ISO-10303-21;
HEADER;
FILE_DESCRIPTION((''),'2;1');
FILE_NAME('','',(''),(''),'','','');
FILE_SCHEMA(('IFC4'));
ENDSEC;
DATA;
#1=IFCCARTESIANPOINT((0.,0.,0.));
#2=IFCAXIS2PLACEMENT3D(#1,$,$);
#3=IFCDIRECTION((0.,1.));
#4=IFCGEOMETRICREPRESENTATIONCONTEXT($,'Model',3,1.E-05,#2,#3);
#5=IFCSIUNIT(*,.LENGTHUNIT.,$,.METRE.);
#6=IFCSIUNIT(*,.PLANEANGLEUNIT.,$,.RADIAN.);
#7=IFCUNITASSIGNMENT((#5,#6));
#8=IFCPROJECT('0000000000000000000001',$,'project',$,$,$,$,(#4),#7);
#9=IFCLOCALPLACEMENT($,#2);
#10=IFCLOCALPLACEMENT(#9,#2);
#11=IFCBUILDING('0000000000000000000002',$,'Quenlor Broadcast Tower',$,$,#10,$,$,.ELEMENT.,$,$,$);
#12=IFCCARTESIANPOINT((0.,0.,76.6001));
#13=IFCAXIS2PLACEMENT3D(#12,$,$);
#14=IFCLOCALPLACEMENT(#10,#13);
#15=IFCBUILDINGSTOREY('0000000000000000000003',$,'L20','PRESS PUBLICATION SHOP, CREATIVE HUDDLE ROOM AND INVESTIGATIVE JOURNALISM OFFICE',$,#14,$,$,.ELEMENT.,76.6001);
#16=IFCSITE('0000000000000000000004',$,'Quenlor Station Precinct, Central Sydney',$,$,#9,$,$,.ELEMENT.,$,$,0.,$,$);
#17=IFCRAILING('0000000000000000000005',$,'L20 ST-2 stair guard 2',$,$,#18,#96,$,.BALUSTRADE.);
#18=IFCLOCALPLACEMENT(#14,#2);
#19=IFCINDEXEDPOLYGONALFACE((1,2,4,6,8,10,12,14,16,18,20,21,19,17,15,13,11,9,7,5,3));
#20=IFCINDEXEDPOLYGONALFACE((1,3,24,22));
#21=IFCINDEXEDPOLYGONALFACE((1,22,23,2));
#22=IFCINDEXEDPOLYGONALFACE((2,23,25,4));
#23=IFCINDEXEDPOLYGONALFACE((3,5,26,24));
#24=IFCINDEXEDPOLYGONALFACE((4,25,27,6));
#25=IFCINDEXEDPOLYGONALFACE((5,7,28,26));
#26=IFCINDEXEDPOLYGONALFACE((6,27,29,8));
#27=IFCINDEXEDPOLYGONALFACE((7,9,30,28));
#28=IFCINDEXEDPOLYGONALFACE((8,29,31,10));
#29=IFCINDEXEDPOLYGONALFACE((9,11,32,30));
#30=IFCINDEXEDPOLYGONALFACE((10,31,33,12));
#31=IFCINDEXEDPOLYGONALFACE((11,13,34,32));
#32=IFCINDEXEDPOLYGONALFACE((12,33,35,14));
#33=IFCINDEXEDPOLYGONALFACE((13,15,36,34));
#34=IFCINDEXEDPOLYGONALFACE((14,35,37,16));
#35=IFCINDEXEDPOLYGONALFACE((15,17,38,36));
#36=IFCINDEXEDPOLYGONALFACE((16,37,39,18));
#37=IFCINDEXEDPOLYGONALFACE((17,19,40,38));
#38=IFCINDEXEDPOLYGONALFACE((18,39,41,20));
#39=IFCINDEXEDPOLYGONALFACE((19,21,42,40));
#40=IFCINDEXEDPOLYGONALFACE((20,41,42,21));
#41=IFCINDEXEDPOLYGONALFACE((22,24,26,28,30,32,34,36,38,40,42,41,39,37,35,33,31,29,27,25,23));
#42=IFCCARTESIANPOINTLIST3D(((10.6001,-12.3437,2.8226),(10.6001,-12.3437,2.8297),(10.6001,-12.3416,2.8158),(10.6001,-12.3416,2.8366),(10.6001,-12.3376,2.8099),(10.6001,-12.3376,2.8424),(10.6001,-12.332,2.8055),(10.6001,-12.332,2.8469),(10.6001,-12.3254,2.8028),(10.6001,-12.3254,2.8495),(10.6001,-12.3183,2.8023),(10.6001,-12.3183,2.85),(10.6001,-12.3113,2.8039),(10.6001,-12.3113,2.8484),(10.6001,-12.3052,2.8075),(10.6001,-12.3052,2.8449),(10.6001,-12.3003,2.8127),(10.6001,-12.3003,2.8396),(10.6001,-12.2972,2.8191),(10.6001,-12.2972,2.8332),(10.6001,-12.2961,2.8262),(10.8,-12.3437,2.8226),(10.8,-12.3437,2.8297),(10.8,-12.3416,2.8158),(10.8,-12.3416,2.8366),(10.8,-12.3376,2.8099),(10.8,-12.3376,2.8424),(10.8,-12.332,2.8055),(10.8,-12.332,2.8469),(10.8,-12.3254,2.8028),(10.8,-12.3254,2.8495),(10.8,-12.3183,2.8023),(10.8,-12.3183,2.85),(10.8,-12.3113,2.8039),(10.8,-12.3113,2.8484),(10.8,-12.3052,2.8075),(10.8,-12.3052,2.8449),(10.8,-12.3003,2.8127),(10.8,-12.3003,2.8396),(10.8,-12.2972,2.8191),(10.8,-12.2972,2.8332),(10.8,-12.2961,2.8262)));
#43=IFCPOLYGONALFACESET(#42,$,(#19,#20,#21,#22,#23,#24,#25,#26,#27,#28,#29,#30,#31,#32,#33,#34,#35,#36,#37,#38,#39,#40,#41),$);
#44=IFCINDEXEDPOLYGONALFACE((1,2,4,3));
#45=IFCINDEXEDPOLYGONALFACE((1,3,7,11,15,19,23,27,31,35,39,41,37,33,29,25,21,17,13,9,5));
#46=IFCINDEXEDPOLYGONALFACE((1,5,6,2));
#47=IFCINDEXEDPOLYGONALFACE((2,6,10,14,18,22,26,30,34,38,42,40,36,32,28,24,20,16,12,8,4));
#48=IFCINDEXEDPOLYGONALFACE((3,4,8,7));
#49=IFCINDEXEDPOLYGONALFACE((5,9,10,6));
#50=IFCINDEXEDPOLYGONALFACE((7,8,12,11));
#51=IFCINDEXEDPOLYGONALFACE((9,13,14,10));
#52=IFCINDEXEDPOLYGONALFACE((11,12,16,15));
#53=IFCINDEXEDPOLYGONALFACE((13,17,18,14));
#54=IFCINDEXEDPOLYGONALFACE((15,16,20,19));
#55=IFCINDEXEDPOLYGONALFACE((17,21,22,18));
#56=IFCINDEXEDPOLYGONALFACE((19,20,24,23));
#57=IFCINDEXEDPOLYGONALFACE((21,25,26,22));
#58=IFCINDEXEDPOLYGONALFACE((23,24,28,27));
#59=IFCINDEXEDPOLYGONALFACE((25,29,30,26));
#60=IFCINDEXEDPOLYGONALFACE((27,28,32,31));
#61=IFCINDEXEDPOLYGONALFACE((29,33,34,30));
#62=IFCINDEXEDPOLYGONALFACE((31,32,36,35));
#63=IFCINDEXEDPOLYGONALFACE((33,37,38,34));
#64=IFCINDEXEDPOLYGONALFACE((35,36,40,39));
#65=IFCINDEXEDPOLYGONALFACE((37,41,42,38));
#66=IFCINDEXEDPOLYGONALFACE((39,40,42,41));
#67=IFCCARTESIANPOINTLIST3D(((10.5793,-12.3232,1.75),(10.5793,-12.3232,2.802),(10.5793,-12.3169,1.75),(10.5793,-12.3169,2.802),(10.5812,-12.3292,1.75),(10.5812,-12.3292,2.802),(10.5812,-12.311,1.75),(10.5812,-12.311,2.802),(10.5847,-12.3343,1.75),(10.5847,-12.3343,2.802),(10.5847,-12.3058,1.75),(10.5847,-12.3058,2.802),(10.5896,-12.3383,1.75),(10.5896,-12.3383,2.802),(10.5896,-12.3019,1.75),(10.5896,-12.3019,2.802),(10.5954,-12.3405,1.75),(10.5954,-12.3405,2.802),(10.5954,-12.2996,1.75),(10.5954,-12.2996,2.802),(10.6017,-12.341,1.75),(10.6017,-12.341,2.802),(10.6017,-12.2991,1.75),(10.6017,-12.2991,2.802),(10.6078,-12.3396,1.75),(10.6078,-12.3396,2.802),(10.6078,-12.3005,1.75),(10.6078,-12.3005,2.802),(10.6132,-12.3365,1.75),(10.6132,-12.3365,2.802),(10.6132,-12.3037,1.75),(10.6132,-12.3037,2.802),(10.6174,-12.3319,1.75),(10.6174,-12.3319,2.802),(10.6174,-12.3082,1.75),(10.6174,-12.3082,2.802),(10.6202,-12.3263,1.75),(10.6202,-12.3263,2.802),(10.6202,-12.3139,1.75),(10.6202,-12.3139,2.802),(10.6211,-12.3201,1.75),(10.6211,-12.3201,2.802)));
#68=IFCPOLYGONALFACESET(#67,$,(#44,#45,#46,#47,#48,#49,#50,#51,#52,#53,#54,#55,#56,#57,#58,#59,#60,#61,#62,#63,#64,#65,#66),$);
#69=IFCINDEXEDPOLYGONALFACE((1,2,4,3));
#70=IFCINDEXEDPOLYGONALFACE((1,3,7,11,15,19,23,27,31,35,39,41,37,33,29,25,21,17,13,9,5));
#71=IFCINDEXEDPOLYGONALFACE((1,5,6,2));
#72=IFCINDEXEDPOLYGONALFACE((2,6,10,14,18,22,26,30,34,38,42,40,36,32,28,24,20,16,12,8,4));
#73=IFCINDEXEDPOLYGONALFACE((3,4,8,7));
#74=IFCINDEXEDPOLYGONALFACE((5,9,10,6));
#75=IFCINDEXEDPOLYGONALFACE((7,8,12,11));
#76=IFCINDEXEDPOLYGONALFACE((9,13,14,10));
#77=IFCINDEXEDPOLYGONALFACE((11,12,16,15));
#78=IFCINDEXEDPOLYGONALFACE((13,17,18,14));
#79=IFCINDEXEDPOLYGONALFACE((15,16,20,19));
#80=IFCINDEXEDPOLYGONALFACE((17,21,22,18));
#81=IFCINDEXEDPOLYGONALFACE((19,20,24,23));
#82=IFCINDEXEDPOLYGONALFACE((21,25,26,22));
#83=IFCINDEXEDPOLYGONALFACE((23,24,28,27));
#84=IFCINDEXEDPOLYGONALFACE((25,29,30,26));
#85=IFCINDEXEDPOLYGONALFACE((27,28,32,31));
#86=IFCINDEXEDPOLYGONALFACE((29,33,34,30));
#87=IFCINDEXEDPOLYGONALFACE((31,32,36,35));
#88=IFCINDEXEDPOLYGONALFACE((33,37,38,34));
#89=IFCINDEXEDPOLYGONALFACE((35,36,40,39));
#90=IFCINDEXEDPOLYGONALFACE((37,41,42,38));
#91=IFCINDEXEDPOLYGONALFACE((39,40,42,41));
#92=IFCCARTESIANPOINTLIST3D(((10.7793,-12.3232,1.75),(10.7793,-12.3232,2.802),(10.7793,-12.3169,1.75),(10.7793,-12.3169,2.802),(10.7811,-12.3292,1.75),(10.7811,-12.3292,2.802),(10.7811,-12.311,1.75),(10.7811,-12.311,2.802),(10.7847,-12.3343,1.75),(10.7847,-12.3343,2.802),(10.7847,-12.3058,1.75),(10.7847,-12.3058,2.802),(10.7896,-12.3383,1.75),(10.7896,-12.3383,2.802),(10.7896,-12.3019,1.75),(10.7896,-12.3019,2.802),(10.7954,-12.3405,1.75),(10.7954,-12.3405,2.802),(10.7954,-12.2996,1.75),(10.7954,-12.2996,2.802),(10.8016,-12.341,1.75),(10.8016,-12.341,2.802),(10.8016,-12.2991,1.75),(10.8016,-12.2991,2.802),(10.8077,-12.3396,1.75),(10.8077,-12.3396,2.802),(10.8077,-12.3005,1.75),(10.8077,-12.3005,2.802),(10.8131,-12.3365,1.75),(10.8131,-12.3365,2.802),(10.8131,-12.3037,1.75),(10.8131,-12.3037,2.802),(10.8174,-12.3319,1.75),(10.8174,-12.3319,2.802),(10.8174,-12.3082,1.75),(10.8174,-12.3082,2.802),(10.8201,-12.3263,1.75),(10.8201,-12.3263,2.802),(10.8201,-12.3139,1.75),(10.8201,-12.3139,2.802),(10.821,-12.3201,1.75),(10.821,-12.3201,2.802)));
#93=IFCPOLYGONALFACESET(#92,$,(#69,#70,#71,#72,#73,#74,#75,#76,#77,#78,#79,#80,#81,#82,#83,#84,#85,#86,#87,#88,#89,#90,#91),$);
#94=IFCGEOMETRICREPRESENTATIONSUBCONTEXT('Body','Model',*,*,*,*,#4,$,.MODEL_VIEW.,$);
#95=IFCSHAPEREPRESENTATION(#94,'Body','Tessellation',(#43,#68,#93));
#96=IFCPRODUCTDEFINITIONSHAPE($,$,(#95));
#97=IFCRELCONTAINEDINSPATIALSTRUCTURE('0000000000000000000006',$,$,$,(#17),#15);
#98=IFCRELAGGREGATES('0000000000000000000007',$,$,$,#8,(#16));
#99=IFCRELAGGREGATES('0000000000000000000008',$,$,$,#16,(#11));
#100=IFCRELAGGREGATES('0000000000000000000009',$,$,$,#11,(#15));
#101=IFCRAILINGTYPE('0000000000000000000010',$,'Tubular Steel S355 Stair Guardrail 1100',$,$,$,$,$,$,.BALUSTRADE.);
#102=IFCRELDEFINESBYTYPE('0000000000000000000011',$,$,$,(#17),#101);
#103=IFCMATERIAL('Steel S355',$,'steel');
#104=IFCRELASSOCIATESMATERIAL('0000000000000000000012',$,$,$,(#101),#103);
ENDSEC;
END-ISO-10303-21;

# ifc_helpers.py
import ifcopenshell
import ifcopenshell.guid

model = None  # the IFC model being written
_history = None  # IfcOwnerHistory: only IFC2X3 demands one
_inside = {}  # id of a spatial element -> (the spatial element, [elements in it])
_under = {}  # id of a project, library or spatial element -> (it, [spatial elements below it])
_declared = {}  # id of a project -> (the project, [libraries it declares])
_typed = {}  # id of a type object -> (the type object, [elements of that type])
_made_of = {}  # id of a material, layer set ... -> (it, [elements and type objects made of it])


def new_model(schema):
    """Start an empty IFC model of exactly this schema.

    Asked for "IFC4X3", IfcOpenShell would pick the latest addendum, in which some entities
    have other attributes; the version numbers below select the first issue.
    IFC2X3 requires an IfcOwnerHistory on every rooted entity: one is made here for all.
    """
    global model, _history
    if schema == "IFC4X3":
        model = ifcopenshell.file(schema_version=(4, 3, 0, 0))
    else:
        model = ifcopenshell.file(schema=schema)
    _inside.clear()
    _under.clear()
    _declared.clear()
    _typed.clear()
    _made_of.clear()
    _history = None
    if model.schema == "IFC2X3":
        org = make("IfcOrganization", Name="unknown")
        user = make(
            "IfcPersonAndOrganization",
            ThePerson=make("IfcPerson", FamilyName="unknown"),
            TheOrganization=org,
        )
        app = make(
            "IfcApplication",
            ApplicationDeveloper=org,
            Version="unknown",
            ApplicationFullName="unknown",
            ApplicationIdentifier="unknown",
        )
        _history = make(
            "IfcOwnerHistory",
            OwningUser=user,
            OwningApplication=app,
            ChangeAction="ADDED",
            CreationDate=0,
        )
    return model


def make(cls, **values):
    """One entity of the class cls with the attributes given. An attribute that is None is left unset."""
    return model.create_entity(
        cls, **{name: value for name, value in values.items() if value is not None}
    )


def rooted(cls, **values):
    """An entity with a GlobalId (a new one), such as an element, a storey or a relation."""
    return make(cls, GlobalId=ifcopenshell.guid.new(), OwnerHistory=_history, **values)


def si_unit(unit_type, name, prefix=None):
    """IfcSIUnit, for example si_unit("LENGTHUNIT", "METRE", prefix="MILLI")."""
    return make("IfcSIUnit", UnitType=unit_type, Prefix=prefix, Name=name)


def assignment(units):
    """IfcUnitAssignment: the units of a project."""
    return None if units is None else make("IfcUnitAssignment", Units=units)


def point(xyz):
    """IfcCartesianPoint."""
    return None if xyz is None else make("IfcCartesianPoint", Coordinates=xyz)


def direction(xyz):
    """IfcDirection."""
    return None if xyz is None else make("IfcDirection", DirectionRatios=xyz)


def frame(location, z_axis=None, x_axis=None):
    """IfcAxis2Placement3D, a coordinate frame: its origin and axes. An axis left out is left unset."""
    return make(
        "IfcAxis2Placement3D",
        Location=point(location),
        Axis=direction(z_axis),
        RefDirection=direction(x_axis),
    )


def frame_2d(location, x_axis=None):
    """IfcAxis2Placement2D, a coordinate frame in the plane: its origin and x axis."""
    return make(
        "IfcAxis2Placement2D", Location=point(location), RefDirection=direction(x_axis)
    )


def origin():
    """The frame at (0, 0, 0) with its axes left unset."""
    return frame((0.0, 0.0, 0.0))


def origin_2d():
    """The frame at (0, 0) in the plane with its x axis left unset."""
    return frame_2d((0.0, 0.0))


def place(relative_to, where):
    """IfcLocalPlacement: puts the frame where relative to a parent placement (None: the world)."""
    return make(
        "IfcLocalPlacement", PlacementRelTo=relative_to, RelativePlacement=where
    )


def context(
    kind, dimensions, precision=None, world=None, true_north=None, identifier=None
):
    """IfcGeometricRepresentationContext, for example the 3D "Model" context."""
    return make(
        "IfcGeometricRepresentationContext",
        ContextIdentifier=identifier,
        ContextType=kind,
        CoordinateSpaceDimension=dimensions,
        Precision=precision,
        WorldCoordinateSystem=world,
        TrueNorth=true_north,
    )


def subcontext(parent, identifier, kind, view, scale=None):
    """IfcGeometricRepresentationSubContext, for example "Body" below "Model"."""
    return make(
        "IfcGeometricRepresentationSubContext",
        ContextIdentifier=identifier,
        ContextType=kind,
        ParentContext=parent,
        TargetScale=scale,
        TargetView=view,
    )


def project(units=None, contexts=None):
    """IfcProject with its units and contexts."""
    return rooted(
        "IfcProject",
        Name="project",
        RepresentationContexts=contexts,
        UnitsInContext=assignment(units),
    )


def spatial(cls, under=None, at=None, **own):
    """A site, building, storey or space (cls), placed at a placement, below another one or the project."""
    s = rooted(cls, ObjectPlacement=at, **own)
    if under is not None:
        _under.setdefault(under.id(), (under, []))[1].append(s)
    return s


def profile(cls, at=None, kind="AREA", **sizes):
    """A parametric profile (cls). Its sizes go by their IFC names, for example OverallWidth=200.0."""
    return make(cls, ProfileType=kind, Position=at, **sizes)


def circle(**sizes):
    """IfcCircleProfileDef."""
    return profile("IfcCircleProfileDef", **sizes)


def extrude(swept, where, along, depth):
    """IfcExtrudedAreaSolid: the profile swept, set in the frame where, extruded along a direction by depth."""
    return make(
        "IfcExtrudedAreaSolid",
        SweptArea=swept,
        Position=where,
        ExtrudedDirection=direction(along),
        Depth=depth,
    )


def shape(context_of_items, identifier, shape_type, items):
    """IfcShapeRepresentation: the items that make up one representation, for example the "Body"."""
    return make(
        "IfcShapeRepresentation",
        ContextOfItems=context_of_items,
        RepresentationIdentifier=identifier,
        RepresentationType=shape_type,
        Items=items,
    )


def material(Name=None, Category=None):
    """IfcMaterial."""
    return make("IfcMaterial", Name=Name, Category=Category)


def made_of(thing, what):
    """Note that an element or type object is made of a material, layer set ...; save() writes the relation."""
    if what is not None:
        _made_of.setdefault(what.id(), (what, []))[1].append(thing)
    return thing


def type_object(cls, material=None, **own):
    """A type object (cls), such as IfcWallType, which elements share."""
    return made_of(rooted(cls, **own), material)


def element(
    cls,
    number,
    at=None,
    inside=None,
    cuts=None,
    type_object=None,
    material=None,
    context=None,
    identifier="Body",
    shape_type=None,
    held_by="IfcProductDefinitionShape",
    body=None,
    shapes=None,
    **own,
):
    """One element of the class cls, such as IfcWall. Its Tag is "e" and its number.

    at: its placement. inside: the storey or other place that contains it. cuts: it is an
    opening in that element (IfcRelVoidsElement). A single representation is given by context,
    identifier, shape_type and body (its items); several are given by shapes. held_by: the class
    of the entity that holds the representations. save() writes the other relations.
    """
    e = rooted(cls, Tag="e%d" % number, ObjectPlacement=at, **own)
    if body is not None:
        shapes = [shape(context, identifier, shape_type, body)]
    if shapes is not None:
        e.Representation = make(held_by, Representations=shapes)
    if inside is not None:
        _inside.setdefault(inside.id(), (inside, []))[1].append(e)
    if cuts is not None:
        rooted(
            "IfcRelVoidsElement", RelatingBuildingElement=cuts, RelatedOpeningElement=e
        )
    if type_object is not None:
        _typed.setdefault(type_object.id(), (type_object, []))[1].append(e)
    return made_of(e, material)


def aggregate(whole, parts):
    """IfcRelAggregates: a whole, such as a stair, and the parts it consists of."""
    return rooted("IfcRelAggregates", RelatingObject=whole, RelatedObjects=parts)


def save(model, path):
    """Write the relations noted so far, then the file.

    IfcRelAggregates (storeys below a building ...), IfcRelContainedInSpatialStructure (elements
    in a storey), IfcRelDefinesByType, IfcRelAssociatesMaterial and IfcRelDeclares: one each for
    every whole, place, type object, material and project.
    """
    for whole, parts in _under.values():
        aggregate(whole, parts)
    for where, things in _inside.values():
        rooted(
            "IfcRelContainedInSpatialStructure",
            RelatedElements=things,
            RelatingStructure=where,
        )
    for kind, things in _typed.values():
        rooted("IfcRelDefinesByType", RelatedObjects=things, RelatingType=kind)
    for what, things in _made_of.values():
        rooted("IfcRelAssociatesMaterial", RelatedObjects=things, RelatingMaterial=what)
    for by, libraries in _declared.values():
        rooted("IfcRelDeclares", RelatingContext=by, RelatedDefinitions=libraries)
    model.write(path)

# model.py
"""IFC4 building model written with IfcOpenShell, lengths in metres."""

from ifc_helpers import new_model, si_unit, direction, frame, origin, origin_2d, place, context, subcontext, project, spatial, circle, extrude, material, type_object, element, save


model = new_model("IFC4")

# Units and contexts
model_context = context("Model", 3, precision=1e-05, world=origin(), true_north=direction((0.0, 1.0)))
body_context = subcontext(model_context, "Body", "Model", "MODEL_VIEW")
ifc_project = project(units=[si_unit("LENGTHUNIT", "METRE"), si_unit("PLANEANGLEUNIT", "RADIAN")], contexts=[model_context])

# Site, building, storey
site_placement = place(None, origin())
site = spatial("IfcSite", under=ifc_project, at=site_placement, Name="Quenlor Station Precinct, Central Sydney", CompositionType="ELEMENT", RefElevation=0.0)
building_placement = place(site_placement, origin())
building = spatial("IfcBuilding", under=site, at=building_placement, Name="Quenlor Broadcast Tower", CompositionType="ELEMENT")
storey_placement = place(building_placement, frame((0.0, 0.0, 76.6001)))
storey = spatial("IfcBuildingStorey", under=building, at=storey_placement, Name="L20", Description="PRESS PUBLICATION SHOP, CREATIVE HUDDLE ROOM AND INVESTIGATIVE JOURNALISM OFFICE", CompositionType="ELEMENT", Elevation=76.6001)

# Railing
ifc_material_1 = material(Name="Steel S355", Category="steel")
railing_type_1 = type_object("IfcRailingType", Name="Tubular Steel S355 Stair Guardrail 1100", PredefinedType="BALUSTRADE", material=ifc_material_1)
railing_1_placement = place(storey_placement, frame((10.6001, -12.3201, 1.75)))
element("IfcRailing", 1, at=railing_1_placement, inside=storey, type_object=railing_type_1, Name="L20 ST-2 stair guard 2", PredefinedType="BALUSTRADE", context=body_context, shape_type="SweptSolid", body=[
    extrude(circle(Radius=0.0239, at=origin_2d()), frame((0.0, 0.0, 1.0762), z_axis=(1.0, 0.0, 0.0), x_axis=(0.0, 1.0, 0.0)), (0.0, 0.0, 1.0), 0.2),
    extrude(circle(Radius=0.021, at=origin_2d()), origin(), (0.0, 0.0, 1.0), 1.052),
    extrude(circle(Radius=0.021, at=origin_2d()), frame((0.2, 0.0, 0.0)), (0.0, 0.0, 1.0), 1.052),
])

save(model, "model.ifc")
